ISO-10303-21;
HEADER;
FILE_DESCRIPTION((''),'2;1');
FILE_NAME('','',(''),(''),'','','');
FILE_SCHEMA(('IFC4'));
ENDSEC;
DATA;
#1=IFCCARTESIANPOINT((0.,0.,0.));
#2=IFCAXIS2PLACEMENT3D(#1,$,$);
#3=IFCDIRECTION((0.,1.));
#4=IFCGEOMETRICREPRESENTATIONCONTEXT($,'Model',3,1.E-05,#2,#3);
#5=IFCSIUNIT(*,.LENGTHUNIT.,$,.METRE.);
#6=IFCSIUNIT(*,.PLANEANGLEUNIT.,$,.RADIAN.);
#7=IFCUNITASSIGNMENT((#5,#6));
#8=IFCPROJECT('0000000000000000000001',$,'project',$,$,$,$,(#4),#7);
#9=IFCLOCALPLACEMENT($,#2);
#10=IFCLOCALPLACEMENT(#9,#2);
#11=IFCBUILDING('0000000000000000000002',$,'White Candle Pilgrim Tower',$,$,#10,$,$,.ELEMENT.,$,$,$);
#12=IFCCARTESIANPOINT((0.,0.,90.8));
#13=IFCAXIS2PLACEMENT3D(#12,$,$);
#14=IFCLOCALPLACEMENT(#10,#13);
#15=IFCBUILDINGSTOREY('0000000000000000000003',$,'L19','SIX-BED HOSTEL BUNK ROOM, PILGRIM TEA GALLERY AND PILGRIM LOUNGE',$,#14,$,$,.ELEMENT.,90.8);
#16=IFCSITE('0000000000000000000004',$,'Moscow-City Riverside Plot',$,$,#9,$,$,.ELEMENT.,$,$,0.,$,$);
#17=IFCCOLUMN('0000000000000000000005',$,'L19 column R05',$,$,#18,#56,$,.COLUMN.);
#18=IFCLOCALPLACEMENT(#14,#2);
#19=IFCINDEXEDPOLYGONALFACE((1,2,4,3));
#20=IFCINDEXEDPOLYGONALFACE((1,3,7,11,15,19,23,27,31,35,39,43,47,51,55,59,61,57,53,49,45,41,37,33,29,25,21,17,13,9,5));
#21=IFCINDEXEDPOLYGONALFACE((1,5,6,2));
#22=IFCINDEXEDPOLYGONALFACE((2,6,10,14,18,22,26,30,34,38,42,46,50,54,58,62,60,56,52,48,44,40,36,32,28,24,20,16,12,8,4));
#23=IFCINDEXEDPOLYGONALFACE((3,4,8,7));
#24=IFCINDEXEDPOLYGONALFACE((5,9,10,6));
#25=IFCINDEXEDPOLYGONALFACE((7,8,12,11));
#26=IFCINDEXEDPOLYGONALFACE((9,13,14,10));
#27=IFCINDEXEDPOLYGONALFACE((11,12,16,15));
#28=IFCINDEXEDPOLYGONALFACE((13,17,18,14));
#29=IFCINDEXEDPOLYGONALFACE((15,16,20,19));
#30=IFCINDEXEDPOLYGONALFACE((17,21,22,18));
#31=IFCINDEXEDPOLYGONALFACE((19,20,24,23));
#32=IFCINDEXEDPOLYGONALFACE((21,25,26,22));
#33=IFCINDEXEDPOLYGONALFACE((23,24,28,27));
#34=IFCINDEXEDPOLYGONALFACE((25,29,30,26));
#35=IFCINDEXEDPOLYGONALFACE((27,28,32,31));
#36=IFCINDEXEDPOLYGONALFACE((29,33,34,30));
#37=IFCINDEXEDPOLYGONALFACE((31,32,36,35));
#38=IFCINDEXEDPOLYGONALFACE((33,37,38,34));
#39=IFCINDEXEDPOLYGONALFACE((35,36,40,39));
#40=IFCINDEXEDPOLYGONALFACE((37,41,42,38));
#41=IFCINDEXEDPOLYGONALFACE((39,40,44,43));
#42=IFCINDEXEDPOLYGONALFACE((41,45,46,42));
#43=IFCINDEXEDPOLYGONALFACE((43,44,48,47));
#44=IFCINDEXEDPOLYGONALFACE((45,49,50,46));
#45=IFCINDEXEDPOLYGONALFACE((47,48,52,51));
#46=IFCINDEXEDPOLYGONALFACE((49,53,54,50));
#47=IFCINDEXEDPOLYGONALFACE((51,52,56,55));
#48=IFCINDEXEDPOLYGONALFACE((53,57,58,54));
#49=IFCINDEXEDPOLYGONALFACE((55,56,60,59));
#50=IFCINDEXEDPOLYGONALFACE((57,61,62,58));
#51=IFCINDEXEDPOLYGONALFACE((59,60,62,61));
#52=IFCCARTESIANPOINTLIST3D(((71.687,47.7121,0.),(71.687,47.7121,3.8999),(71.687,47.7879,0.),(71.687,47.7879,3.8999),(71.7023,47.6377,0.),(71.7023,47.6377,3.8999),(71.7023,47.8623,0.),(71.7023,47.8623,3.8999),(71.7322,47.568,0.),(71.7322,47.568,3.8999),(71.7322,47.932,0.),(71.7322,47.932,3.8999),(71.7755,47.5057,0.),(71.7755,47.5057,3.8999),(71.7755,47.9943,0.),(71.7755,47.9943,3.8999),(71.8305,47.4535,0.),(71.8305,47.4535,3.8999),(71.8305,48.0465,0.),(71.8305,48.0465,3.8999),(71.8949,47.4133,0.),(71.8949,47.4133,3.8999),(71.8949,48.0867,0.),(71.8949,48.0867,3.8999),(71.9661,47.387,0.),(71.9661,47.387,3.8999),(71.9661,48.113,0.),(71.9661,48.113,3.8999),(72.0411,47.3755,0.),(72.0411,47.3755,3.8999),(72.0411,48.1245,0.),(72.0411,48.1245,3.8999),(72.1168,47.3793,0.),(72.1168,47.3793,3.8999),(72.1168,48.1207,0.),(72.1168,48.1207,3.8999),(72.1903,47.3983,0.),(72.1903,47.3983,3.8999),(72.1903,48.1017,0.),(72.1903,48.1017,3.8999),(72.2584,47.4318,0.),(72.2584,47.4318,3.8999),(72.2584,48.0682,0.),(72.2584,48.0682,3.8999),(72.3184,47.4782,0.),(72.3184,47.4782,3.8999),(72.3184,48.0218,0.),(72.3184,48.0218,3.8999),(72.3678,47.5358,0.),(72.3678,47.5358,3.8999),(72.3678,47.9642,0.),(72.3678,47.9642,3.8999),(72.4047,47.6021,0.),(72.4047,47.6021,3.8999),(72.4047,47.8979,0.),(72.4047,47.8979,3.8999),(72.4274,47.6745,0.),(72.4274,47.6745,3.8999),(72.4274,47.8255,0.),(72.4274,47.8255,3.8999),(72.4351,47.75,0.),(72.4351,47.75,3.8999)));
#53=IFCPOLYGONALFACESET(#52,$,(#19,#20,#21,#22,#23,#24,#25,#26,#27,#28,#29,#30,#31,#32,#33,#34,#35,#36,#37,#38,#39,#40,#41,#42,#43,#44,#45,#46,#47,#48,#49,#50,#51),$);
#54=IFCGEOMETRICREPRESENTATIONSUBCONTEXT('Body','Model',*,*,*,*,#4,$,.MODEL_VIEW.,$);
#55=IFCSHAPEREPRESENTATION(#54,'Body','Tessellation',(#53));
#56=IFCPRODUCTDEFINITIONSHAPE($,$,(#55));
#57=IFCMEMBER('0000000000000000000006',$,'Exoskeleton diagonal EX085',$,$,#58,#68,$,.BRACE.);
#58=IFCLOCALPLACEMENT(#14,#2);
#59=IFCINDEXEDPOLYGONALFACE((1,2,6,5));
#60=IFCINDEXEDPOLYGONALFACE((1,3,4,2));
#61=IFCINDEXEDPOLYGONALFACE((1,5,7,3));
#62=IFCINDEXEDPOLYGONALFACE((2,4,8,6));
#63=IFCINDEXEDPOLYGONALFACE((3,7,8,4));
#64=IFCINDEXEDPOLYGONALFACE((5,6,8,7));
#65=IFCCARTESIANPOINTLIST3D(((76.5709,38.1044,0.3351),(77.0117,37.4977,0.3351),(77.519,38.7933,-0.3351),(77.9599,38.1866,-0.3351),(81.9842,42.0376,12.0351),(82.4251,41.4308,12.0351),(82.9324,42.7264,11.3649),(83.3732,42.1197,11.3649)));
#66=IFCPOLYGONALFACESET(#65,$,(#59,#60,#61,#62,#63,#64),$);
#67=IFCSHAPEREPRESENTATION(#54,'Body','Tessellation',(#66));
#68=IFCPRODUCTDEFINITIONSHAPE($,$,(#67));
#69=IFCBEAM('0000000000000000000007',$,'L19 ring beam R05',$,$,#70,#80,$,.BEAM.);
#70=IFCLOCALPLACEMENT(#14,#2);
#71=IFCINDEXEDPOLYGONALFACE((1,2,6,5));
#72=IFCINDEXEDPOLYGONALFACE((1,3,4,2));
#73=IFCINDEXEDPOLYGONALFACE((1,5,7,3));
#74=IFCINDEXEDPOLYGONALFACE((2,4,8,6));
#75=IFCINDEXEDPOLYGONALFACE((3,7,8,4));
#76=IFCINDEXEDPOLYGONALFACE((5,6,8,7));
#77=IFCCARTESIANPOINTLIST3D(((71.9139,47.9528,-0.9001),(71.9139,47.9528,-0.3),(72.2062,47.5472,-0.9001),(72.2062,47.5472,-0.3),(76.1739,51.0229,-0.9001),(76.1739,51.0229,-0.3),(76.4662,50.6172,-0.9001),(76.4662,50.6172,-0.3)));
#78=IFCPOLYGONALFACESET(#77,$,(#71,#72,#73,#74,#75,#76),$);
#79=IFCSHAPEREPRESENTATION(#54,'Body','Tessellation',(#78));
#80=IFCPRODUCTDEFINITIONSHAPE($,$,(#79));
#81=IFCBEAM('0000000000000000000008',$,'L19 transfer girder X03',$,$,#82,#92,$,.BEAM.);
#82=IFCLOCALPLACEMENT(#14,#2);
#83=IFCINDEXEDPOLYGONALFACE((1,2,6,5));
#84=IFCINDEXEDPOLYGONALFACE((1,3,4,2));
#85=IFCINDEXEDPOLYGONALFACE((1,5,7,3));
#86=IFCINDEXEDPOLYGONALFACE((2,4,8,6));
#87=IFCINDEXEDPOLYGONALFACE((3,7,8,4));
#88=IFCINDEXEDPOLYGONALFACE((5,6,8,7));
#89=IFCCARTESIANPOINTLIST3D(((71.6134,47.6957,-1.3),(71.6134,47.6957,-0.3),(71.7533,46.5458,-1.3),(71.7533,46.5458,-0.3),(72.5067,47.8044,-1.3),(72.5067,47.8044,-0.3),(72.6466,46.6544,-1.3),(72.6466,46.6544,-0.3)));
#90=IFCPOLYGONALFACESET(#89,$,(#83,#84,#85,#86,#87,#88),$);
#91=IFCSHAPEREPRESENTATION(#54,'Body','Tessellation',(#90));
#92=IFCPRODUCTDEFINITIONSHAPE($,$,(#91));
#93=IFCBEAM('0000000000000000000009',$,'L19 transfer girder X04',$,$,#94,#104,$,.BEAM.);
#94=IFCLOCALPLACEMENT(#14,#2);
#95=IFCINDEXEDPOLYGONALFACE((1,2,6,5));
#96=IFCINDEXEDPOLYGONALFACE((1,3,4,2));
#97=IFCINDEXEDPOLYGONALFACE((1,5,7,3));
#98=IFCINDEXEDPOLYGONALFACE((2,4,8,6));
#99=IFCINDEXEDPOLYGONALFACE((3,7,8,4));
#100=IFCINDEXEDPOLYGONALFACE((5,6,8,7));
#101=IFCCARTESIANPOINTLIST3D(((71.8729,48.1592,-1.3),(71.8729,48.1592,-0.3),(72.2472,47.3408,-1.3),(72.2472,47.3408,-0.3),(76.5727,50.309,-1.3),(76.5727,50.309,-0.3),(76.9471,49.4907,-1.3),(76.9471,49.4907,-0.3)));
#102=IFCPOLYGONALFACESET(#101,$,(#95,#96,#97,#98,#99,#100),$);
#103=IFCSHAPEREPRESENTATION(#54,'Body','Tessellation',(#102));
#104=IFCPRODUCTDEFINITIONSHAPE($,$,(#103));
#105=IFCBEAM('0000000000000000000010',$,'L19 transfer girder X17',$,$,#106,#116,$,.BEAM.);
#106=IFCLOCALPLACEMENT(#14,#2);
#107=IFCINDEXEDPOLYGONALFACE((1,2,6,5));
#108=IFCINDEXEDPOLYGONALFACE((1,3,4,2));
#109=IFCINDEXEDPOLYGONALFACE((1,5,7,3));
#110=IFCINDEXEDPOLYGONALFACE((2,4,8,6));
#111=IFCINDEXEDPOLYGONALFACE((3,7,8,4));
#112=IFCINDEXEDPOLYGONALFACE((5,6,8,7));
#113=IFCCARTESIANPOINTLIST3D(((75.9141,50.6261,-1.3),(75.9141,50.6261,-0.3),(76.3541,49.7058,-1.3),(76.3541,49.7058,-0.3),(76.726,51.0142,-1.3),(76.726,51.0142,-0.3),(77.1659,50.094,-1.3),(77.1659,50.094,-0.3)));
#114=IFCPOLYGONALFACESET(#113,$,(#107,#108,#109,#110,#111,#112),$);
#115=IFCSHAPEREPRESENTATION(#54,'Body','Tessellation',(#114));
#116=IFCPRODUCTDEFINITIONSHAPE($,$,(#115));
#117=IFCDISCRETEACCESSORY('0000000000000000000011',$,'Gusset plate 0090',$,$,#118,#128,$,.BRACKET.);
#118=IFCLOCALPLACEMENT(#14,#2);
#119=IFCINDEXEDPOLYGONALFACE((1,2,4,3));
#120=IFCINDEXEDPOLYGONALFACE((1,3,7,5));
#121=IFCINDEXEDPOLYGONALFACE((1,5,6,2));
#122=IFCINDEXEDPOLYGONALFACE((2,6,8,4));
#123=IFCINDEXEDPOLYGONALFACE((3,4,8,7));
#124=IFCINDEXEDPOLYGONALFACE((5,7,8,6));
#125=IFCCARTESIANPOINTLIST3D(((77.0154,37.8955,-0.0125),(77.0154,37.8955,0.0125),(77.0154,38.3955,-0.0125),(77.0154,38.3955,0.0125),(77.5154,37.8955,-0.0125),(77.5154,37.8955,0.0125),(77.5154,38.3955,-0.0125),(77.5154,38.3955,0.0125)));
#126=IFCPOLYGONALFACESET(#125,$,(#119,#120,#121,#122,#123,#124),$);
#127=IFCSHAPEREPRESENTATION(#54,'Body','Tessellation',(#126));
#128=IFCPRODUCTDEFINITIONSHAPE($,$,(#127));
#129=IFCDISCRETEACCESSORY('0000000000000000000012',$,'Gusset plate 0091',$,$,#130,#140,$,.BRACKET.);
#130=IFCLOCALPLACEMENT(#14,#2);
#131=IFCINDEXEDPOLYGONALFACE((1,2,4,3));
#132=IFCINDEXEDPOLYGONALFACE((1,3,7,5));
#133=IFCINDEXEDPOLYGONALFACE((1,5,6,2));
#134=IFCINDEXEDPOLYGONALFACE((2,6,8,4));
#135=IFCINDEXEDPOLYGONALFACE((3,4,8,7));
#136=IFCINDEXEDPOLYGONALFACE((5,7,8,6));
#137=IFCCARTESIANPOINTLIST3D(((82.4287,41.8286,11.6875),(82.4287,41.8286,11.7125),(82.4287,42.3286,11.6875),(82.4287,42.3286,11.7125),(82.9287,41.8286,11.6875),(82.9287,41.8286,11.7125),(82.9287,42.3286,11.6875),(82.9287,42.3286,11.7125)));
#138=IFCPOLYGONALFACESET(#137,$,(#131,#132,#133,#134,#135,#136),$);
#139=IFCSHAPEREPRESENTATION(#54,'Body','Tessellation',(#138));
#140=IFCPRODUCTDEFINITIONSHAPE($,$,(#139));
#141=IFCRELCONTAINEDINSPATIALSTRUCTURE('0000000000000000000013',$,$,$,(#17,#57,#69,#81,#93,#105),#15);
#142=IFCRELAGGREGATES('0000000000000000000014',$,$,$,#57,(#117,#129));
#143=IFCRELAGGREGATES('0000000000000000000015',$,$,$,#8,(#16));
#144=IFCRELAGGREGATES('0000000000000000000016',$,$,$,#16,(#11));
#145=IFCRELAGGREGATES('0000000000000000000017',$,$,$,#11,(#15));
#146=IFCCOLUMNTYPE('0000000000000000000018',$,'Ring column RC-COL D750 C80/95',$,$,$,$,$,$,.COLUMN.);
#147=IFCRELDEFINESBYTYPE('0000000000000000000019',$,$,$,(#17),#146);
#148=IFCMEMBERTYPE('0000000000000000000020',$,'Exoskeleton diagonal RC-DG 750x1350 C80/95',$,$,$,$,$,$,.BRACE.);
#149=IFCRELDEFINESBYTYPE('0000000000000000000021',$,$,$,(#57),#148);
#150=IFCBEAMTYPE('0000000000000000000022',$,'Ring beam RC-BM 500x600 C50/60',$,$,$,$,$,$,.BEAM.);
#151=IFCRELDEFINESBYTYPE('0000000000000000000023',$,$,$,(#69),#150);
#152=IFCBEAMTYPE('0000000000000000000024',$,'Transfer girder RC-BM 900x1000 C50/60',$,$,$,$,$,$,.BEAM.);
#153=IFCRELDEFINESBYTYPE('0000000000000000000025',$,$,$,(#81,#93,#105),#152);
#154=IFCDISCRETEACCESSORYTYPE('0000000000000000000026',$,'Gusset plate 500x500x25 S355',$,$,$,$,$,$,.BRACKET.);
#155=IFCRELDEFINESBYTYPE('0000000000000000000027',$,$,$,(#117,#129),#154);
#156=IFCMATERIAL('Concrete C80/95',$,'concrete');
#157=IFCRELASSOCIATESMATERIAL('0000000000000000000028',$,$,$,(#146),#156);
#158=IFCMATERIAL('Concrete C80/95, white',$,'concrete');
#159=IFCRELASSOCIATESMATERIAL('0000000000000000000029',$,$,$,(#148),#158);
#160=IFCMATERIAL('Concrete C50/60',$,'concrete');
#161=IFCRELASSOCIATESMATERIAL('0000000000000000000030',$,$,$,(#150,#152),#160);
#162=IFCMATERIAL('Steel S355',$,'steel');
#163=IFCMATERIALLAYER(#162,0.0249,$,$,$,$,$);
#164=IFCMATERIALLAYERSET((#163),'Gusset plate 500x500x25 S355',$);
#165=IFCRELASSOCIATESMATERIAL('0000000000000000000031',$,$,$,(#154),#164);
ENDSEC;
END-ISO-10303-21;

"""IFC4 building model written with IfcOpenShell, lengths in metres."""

from ifc_helpers import new_model, si_unit, direction, frame, origin, origin_2d, place, context, subcontext, project, spatial, rectangle, circle, extrude, material, layer, layer_set, material_profile, profile_set, type_object, element, aggregate, save


model = new_model("IFC4")

# Units and contexts
model_context = context("Model", 3, precision=1e-05, world=origin(), true_north=direction((0.0, 1.0)))
body_context = subcontext(model_context, "Body", "Model", "MODEL_VIEW")
ifc_project = project(units=[si_unit("LENGTHUNIT", "METRE"), si_unit("PLANEANGLEUNIT", "RADIAN")], contexts=[model_context])

# Site, building, storey
site_placement = place(None, origin())
site = spatial("IfcSite", under=ifc_project, at=site_placement, Name="Moscow-City Riverside Plot", CompositionType="ELEMENT", RefElevation=0.0)
building_placement = place(site_placement, origin())
building = spatial("IfcBuilding", under=site, at=building_placement, Name="White Candle Pilgrim Tower", CompositionType="ELEMENT")
storey_placement = place(building_placement, frame((0.0, 0.0, 90.8)))
storey = spatial("IfcBuildingStorey", under=building, at=storey_placement, Name="L19", Description="SIX-BED HOSTEL BUNK ROOM, PILGRIM TEA GALLERY AND PILGRIM LOUNGE", CompositionType="ELEMENT", Elevation=90.8)

# Column
ifc_material_1 = material(Name="Concrete C80/95", Category="concrete")
ifc_material_profile_1 = material_profile(ifc_material_1, circle(Radius=0.375, at=origin_2d()), Name="RC-COL D750")
ifc_profile_set_1 = profile_set([ifc_material_profile_1], Name="Concrete C80/95")
column_type = type_object("IfcColumnType", Name="Ring column RC-COL D750 C80/95", PredefinedType="COLUMN", material=ifc_profile_set_1)
column_placement = place(storey_placement, frame((72.0601, 47.75, 0.0), z_axis=(0.0, 0.0, 1.0), x_axis=(1.0, 0.0, 0.0)))
element("IfcColumn", 1, at=column_placement, inside=storey, type_object=column_type, Name="L19 column R05", PredefinedType="COLUMN", context=body_context, shape_type="SweptSolid", body=[
    extrude(circle(Radius=0.375, at=origin_2d()), origin(), (0.0, 0.0, 1.0), 3.8999),
])

# Member
ifc_material_2 = material(Name="Concrete C80/95, white", Category="concrete")
ifc_material_profile_2 = material_profile(ifc_material_2, rectangle(XDim=0.75, YDim=1.3501, at=origin_2d()), Name="RC-DG 750x1350")
ifc_profile_set_2 = profile_set([ifc_material_profile_2], Name="Concrete C80/95, white")
member_type = type_object("IfcMemberType", Name="Exoskeleton diagonal RC-DG 750x1350 C80/95", PredefinedType="BRACE", material=ifc_profile_set_2)
member_placement = place(storey_placement, frame((77.2654, 38.1455, 0.0), z_axis=(0.401635, 0.291812, 0.868064), x_axis=(-0.587794, 0.809011, 0.0)))
member = element("IfcMember", 2, at=member_placement, inside=storey, type_object=member_type, Name="Exoskeleton diagonal EX085", PredefinedType="BRACE", context=body_context, shape_type="SweptSolid", body=[
    extrude(rectangle(XDim=0.75, YDim=1.3501, at=origin_2d()), origin(), (0.0, 0.0, 1.0), 13.4783),
])

# Beams
ifc_material_3 = material(Name="Concrete C50/60", Category="concrete")
ifc_material_profile_3 = material_profile(ifc_material_3, rectangle(XDim=0.5, YDim=0.6001, at=origin_2d()), Name="RC-BM 500x600")
ifc_profile_set_3 = profile_set([ifc_material_profile_3], Name="Concrete C50/60")
beam_type_1 = type_object("IfcBeamType", Name="Ring beam RC-BM 500x600 C50/60", PredefinedType="BEAM", material=ifc_profile_set_3)
beam_1_placement = place(storey_placement, frame((72.0601, 47.75, -0.6001), z_axis=(0.811276, 0.584664, 0.0), x_axis=(-0.584664, 0.811276, 0.0)))
element("IfcBeam", 3, at=beam_1_placement, inside=storey, type_object=beam_type_1, Name="L19 ring beam R05", PredefinedType="BEAM", context=body_context, shape_type="SweptSolid", body=[
    extrude(rectangle(XDim=0.5, YDim=0.6001, at=origin_2d()), origin(), (0.0, 0.0, 1.0), 5.251),
])
ifc_material_profile_4 = material_profile(ifc_material_3, rectangle(XDim=0.8999, YDim=1.0, at=origin_2d()), Name="RC-BM 900x1000")
ifc_profile_set_4 = profile_set([ifc_material_profile_4], Name="Concrete C50/60")
beam_type_2 = type_object("IfcBeamType", Name="Transfer girder RC-BM 900x1000 C50/60", PredefinedType="BEAM", material=ifc_profile_set_4)
beam_2_placement = place(storey_placement, frame((72.2, 46.6001, -0.8), z_axis=(-0.120766, 0.992681, 0.0), x_axis=(-0.992681, -0.120766, 0.0)))
element("IfcBeam", 4, at=beam_2_placement, inside=storey, type_object=beam_type_2, Name="L19 transfer girder X03", PredefinedType="BEAM", context=body_context, shape_type="SweptSolid", body=[
    extrude(rectangle(XDim=0.8999, YDim=1.0, at=origin_2d()), origin(), (0.0, 0.0, 1.0), 1.1584),
])
beam_3_placement = place(storey_placement, frame((72.0601, 47.75, -0.8), z_axis=(0.909375, 0.415976, 0.0), x_axis=(-0.415976, 0.909375, 0.0)))
element("IfcBeam", 5, at=beam_3_placement, inside=storey, type_object=beam_type_2, Name="L19 transfer girder X04", PredefinedType="BEAM", context=body_context, shape_type="SweptSolid", body=[
    extrude(rectangle(XDim=0.8999, YDim=1.0, at=origin_2d()), origin(), (0.0, 0.0, 1.0), 5.1682),
])
beam_4_placement = place(storey_placement, frame((76.76, 49.8999, -0.8), z_axis=(-0.431345, 0.902187, 0.0), x_axis=(-0.902187, -0.431345, 0.0)))
element("IfcBeam", 6, at=beam_4_placement, inside=storey, type_object=beam_type_2, Name="L19 transfer girder X17", PredefinedType="BEAM", context=body_context, shape_type="SweptSolid", body=[
    extrude(rectangle(XDim=0.8999, YDim=1.0, at=origin_2d()), origin(), (0.0, 0.0, 1.0), 1.02),
])

# Discrete accessories
ifc_material_4 = material(Name="Steel S355", Category="steel")
ifc_layer_1 = layer(ifc_material_4, 0.0249)
ifc_layer_set_1 = layer_set([ifc_layer_1], Name="Gusset plate 500x500x25 S355")
discrete_accessory_type = type_object("IfcDiscreteAccessoryType", Name="Gusset plate 500x500x25 S355", PredefinedType="BRACKET", material=ifc_layer_set_1)
discrete_accessory_1_placement = place(storey_placement, frame((77.2654, 38.1455, -0.0125), z_axis=(0.0, 0.0, 1.0), x_axis=(1.0, 0.0, 0.0)))
discrete_accessory_1 = element("IfcDiscreteAccessory", 7, at=discrete_accessory_1_placement, type_object=discrete_accessory_type, Name="Gusset plate 0090", PredefinedType="BRACKET", context=body_context, shape_type="SweptSolid", body=[
    extrude(rectangle(XDim=0.5, YDim=0.5, at=origin_2d()), origin(), (0.0, 0.0, 1.0), 0.0249),
])
placement = place(building_placement, frame((0.0, 0.0, 102.5)))
discrete_accessory_2_placement = place(placement, frame((82.6787, 42.0786, -0.0125), z_axis=(0.0, 0.0, 1.0), x_axis=(1.0, 0.0, 0.0)))
discrete_accessory_2 = element("IfcDiscreteAccessory", 8, at=discrete_accessory_2_placement, type_object=discrete_accessory_type, Name="Gusset plate 0091", PredefinedType="BRACKET", context=body_context, shape_type="SweptSolid", body=[
    extrude(rectangle(XDim=0.5, YDim=0.5, at=origin_2d()), origin(), (0.0, 0.0, 1.0), 0.0249),
])
aggregate(member, [discrete_accessory_1, discrete_accessory_2])

save(model, "model.ifc")
